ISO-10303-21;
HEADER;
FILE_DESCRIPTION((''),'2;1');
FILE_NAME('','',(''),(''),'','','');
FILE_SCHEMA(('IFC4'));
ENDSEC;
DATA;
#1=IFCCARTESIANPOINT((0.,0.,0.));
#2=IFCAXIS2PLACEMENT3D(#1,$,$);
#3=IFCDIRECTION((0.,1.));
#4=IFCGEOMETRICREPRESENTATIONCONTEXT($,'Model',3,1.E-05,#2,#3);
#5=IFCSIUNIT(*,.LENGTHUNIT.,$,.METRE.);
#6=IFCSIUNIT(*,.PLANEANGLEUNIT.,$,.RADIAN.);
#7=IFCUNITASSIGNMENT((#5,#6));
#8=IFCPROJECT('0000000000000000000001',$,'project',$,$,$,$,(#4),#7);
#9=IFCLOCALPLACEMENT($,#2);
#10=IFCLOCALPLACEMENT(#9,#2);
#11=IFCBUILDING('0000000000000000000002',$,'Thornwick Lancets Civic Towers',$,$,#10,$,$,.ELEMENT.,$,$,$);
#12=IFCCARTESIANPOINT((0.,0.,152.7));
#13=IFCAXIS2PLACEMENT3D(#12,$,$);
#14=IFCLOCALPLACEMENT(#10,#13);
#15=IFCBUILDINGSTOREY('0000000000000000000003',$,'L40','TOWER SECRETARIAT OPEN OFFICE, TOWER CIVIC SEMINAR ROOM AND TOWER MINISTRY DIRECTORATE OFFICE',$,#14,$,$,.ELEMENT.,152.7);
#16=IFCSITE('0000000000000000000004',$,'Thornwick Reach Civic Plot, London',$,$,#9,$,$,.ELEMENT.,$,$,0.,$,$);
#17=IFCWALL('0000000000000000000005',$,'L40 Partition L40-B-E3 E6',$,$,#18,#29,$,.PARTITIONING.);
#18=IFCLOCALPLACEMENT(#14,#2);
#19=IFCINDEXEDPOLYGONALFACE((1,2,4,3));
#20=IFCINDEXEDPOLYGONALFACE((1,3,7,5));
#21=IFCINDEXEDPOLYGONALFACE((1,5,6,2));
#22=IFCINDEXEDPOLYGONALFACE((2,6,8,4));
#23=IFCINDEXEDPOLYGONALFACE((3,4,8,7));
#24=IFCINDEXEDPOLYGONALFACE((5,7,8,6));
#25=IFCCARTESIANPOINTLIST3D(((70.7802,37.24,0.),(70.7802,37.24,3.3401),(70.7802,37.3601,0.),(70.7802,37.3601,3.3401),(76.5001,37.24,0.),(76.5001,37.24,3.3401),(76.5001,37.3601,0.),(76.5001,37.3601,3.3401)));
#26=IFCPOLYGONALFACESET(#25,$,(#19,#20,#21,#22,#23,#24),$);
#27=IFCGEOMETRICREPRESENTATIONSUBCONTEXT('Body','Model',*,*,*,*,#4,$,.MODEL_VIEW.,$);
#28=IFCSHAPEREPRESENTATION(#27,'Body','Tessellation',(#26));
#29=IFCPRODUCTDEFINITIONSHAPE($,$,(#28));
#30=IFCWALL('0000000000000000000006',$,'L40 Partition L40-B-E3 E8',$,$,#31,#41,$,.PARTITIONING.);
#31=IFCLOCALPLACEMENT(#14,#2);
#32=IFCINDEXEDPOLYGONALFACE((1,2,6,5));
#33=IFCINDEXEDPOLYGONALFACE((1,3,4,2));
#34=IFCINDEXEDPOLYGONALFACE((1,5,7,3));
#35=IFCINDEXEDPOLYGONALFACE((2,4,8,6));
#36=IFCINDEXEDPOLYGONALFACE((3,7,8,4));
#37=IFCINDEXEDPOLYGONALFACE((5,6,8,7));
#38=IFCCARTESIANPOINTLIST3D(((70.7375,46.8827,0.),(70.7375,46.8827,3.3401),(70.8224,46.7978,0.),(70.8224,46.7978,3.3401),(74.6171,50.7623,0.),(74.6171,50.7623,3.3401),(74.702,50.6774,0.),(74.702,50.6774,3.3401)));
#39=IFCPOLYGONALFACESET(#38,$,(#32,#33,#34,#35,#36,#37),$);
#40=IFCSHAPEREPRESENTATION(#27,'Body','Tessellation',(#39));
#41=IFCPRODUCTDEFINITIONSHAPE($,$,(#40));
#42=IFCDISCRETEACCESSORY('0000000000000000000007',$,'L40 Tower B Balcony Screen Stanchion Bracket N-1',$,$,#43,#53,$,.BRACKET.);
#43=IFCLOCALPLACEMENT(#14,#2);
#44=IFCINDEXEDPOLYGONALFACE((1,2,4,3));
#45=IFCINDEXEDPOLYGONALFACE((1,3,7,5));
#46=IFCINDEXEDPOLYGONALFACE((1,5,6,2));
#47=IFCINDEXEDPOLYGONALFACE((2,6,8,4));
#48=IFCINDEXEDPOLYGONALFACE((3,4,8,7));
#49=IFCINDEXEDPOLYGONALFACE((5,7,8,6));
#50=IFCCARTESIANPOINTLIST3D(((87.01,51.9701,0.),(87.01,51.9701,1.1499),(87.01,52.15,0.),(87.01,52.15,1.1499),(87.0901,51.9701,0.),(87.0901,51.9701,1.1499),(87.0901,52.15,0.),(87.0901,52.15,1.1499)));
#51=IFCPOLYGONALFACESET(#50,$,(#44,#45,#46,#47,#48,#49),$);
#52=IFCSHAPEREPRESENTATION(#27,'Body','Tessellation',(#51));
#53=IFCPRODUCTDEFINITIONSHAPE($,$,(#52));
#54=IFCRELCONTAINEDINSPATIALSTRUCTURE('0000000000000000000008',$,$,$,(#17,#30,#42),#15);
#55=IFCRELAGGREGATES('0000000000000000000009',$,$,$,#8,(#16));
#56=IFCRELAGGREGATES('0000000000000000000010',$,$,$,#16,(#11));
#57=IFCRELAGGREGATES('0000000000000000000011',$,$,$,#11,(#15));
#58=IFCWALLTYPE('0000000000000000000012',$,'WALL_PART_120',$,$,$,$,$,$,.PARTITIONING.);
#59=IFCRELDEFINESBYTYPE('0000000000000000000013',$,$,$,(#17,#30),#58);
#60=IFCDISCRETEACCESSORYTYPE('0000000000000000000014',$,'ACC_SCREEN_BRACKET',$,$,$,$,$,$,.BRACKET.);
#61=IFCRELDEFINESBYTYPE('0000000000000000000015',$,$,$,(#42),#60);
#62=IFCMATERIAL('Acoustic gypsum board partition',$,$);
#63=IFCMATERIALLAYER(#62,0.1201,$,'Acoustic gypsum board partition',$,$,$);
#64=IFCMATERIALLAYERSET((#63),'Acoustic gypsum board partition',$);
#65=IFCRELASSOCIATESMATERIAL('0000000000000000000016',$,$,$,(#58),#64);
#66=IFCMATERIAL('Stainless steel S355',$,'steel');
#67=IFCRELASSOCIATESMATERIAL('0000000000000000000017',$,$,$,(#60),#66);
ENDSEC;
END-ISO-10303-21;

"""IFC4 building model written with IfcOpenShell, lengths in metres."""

from ifc_helpers import new_model, si_unit, direction, frame, frame_2d, origin, origin_2d, place, context, subcontext, project, spatial, rectangle, extrude, material, layer, layer_set, type_object, element, save


model = new_model("IFC4")

# Units and contexts
model_context = context("Model", 3, precision=1e-05, world=origin(), true_north=direction((0.0, 1.0)))
body_context = subcontext(model_context, "Body", "Model", "MODEL_VIEW")
ifc_project = project(units=[si_unit("LENGTHUNIT", "METRE"), si_unit("PLANEANGLEUNIT", "RADIAN")], contexts=[model_context])

# Site, building, storey
site_placement = place(None, origin())
site = spatial("IfcSite", under=ifc_project, at=site_placement, Name="Thornwick Reach Civic Plot, London", CompositionType="ELEMENT", RefElevation=0.0)
building_placement = place(site_placement, origin())
building = spatial("IfcBuilding", under=site, at=building_placement, Name="Thornwick Lancets Civic Towers", CompositionType="ELEMENT")
storey_placement = place(building_placement, frame((0.0, 0.0, 152.7)))
storey = spatial("IfcBuildingStorey", under=building, at=storey_placement, Name="L40", Description="TOWER SECRETARIAT OPEN OFFICE, TOWER CIVIC SEMINAR ROOM AND TOWER MINISTRY DIRECTORATE OFFICE", CompositionType="ELEMENT", Elevation=152.7)

# Walls
ifc_material_1 = material(Name="Acoustic gypsum board partition")
ifc_layer_1 = layer(ifc_material_1, 0.1201, Name="Acoustic gypsum board partition")
ifc_layer_set_1 = layer_set([ifc_layer_1], Name="Acoustic gypsum board partition")
wall_type_1 = type_object("IfcWallType", Name="WALL_PART_120", PredefinedType="PARTITIONING", material=ifc_layer_set_1)
wall_1_placement = place(storey_placement, frame((76.5, 37.3, 0.0), z_axis=(0.0, 0.0, 1.0), x_axis=(-1.0, 0.0, 0.0)))
element("IfcWall", 1, at=wall_1_placement, inside=storey, type_object=wall_type_1, Name="L40 Partition L40-B-E3 E6", PredefinedType="PARTITIONING", context=body_context, shape_type="SweptSolid", body=[
    extrude(rectangle(XDim=5.72, YDim=0.1201, at=frame_2d((2.8599, 0.0))), origin(), (0.0, 0.0, 1.0), 3.3401),
])
wall_2_placement = place(storey_placement, frame((70.78, 46.8403, 0.0), z_axis=(0.0, 0.0, 1.0), x_axis=(0.707107, 0.707107, 0.0)))
element("IfcWall", 2, at=wall_2_placement, inside=storey, type_object=wall_type_1, Name="L40 Partition L40-B-E3 E8", PredefinedType="PARTITIONING", context=body_context, shape_type="SweptSolid", body=[
    extrude(rectangle(XDim=5.4866, YDim=0.1201, at=frame_2d((2.7432, 0.0))), origin(), (0.0, 0.0, 1.0), 3.3401),
])

# Discrete accessory
ifc_material_2 = material(Name="Stainless steel S355", Category="steel")
discrete_accessory_type = type_object("IfcDiscreteAccessoryType", Name="ACC_SCREEN_BRACKET", PredefinedType="BRACKET", material=ifc_material_2)
discrete_accessory_placement = place(storey_placement, frame((87.05, 52.0601, 0.0), z_axis=(0.0, 0.0, 1.0), x_axis=(1.0, 0.0, 0.0)))
element("IfcDiscreteAccessory", 3, at=discrete_accessory_placement, inside=storey, type_object=discrete_accessory_type, Name="L40 Tower B Balcony Screen Stanchion Bracket N-1", PredefinedType="BRACKET", context=body_context, shape_type="SweptSolid", body=[
    extrude(rectangle(XDim=0.0801, YDim=0.1799, at=origin_2d()), origin(), (0.0, 0.0, 1.0), 1.1499),
])

save(model, "model.ifc")
